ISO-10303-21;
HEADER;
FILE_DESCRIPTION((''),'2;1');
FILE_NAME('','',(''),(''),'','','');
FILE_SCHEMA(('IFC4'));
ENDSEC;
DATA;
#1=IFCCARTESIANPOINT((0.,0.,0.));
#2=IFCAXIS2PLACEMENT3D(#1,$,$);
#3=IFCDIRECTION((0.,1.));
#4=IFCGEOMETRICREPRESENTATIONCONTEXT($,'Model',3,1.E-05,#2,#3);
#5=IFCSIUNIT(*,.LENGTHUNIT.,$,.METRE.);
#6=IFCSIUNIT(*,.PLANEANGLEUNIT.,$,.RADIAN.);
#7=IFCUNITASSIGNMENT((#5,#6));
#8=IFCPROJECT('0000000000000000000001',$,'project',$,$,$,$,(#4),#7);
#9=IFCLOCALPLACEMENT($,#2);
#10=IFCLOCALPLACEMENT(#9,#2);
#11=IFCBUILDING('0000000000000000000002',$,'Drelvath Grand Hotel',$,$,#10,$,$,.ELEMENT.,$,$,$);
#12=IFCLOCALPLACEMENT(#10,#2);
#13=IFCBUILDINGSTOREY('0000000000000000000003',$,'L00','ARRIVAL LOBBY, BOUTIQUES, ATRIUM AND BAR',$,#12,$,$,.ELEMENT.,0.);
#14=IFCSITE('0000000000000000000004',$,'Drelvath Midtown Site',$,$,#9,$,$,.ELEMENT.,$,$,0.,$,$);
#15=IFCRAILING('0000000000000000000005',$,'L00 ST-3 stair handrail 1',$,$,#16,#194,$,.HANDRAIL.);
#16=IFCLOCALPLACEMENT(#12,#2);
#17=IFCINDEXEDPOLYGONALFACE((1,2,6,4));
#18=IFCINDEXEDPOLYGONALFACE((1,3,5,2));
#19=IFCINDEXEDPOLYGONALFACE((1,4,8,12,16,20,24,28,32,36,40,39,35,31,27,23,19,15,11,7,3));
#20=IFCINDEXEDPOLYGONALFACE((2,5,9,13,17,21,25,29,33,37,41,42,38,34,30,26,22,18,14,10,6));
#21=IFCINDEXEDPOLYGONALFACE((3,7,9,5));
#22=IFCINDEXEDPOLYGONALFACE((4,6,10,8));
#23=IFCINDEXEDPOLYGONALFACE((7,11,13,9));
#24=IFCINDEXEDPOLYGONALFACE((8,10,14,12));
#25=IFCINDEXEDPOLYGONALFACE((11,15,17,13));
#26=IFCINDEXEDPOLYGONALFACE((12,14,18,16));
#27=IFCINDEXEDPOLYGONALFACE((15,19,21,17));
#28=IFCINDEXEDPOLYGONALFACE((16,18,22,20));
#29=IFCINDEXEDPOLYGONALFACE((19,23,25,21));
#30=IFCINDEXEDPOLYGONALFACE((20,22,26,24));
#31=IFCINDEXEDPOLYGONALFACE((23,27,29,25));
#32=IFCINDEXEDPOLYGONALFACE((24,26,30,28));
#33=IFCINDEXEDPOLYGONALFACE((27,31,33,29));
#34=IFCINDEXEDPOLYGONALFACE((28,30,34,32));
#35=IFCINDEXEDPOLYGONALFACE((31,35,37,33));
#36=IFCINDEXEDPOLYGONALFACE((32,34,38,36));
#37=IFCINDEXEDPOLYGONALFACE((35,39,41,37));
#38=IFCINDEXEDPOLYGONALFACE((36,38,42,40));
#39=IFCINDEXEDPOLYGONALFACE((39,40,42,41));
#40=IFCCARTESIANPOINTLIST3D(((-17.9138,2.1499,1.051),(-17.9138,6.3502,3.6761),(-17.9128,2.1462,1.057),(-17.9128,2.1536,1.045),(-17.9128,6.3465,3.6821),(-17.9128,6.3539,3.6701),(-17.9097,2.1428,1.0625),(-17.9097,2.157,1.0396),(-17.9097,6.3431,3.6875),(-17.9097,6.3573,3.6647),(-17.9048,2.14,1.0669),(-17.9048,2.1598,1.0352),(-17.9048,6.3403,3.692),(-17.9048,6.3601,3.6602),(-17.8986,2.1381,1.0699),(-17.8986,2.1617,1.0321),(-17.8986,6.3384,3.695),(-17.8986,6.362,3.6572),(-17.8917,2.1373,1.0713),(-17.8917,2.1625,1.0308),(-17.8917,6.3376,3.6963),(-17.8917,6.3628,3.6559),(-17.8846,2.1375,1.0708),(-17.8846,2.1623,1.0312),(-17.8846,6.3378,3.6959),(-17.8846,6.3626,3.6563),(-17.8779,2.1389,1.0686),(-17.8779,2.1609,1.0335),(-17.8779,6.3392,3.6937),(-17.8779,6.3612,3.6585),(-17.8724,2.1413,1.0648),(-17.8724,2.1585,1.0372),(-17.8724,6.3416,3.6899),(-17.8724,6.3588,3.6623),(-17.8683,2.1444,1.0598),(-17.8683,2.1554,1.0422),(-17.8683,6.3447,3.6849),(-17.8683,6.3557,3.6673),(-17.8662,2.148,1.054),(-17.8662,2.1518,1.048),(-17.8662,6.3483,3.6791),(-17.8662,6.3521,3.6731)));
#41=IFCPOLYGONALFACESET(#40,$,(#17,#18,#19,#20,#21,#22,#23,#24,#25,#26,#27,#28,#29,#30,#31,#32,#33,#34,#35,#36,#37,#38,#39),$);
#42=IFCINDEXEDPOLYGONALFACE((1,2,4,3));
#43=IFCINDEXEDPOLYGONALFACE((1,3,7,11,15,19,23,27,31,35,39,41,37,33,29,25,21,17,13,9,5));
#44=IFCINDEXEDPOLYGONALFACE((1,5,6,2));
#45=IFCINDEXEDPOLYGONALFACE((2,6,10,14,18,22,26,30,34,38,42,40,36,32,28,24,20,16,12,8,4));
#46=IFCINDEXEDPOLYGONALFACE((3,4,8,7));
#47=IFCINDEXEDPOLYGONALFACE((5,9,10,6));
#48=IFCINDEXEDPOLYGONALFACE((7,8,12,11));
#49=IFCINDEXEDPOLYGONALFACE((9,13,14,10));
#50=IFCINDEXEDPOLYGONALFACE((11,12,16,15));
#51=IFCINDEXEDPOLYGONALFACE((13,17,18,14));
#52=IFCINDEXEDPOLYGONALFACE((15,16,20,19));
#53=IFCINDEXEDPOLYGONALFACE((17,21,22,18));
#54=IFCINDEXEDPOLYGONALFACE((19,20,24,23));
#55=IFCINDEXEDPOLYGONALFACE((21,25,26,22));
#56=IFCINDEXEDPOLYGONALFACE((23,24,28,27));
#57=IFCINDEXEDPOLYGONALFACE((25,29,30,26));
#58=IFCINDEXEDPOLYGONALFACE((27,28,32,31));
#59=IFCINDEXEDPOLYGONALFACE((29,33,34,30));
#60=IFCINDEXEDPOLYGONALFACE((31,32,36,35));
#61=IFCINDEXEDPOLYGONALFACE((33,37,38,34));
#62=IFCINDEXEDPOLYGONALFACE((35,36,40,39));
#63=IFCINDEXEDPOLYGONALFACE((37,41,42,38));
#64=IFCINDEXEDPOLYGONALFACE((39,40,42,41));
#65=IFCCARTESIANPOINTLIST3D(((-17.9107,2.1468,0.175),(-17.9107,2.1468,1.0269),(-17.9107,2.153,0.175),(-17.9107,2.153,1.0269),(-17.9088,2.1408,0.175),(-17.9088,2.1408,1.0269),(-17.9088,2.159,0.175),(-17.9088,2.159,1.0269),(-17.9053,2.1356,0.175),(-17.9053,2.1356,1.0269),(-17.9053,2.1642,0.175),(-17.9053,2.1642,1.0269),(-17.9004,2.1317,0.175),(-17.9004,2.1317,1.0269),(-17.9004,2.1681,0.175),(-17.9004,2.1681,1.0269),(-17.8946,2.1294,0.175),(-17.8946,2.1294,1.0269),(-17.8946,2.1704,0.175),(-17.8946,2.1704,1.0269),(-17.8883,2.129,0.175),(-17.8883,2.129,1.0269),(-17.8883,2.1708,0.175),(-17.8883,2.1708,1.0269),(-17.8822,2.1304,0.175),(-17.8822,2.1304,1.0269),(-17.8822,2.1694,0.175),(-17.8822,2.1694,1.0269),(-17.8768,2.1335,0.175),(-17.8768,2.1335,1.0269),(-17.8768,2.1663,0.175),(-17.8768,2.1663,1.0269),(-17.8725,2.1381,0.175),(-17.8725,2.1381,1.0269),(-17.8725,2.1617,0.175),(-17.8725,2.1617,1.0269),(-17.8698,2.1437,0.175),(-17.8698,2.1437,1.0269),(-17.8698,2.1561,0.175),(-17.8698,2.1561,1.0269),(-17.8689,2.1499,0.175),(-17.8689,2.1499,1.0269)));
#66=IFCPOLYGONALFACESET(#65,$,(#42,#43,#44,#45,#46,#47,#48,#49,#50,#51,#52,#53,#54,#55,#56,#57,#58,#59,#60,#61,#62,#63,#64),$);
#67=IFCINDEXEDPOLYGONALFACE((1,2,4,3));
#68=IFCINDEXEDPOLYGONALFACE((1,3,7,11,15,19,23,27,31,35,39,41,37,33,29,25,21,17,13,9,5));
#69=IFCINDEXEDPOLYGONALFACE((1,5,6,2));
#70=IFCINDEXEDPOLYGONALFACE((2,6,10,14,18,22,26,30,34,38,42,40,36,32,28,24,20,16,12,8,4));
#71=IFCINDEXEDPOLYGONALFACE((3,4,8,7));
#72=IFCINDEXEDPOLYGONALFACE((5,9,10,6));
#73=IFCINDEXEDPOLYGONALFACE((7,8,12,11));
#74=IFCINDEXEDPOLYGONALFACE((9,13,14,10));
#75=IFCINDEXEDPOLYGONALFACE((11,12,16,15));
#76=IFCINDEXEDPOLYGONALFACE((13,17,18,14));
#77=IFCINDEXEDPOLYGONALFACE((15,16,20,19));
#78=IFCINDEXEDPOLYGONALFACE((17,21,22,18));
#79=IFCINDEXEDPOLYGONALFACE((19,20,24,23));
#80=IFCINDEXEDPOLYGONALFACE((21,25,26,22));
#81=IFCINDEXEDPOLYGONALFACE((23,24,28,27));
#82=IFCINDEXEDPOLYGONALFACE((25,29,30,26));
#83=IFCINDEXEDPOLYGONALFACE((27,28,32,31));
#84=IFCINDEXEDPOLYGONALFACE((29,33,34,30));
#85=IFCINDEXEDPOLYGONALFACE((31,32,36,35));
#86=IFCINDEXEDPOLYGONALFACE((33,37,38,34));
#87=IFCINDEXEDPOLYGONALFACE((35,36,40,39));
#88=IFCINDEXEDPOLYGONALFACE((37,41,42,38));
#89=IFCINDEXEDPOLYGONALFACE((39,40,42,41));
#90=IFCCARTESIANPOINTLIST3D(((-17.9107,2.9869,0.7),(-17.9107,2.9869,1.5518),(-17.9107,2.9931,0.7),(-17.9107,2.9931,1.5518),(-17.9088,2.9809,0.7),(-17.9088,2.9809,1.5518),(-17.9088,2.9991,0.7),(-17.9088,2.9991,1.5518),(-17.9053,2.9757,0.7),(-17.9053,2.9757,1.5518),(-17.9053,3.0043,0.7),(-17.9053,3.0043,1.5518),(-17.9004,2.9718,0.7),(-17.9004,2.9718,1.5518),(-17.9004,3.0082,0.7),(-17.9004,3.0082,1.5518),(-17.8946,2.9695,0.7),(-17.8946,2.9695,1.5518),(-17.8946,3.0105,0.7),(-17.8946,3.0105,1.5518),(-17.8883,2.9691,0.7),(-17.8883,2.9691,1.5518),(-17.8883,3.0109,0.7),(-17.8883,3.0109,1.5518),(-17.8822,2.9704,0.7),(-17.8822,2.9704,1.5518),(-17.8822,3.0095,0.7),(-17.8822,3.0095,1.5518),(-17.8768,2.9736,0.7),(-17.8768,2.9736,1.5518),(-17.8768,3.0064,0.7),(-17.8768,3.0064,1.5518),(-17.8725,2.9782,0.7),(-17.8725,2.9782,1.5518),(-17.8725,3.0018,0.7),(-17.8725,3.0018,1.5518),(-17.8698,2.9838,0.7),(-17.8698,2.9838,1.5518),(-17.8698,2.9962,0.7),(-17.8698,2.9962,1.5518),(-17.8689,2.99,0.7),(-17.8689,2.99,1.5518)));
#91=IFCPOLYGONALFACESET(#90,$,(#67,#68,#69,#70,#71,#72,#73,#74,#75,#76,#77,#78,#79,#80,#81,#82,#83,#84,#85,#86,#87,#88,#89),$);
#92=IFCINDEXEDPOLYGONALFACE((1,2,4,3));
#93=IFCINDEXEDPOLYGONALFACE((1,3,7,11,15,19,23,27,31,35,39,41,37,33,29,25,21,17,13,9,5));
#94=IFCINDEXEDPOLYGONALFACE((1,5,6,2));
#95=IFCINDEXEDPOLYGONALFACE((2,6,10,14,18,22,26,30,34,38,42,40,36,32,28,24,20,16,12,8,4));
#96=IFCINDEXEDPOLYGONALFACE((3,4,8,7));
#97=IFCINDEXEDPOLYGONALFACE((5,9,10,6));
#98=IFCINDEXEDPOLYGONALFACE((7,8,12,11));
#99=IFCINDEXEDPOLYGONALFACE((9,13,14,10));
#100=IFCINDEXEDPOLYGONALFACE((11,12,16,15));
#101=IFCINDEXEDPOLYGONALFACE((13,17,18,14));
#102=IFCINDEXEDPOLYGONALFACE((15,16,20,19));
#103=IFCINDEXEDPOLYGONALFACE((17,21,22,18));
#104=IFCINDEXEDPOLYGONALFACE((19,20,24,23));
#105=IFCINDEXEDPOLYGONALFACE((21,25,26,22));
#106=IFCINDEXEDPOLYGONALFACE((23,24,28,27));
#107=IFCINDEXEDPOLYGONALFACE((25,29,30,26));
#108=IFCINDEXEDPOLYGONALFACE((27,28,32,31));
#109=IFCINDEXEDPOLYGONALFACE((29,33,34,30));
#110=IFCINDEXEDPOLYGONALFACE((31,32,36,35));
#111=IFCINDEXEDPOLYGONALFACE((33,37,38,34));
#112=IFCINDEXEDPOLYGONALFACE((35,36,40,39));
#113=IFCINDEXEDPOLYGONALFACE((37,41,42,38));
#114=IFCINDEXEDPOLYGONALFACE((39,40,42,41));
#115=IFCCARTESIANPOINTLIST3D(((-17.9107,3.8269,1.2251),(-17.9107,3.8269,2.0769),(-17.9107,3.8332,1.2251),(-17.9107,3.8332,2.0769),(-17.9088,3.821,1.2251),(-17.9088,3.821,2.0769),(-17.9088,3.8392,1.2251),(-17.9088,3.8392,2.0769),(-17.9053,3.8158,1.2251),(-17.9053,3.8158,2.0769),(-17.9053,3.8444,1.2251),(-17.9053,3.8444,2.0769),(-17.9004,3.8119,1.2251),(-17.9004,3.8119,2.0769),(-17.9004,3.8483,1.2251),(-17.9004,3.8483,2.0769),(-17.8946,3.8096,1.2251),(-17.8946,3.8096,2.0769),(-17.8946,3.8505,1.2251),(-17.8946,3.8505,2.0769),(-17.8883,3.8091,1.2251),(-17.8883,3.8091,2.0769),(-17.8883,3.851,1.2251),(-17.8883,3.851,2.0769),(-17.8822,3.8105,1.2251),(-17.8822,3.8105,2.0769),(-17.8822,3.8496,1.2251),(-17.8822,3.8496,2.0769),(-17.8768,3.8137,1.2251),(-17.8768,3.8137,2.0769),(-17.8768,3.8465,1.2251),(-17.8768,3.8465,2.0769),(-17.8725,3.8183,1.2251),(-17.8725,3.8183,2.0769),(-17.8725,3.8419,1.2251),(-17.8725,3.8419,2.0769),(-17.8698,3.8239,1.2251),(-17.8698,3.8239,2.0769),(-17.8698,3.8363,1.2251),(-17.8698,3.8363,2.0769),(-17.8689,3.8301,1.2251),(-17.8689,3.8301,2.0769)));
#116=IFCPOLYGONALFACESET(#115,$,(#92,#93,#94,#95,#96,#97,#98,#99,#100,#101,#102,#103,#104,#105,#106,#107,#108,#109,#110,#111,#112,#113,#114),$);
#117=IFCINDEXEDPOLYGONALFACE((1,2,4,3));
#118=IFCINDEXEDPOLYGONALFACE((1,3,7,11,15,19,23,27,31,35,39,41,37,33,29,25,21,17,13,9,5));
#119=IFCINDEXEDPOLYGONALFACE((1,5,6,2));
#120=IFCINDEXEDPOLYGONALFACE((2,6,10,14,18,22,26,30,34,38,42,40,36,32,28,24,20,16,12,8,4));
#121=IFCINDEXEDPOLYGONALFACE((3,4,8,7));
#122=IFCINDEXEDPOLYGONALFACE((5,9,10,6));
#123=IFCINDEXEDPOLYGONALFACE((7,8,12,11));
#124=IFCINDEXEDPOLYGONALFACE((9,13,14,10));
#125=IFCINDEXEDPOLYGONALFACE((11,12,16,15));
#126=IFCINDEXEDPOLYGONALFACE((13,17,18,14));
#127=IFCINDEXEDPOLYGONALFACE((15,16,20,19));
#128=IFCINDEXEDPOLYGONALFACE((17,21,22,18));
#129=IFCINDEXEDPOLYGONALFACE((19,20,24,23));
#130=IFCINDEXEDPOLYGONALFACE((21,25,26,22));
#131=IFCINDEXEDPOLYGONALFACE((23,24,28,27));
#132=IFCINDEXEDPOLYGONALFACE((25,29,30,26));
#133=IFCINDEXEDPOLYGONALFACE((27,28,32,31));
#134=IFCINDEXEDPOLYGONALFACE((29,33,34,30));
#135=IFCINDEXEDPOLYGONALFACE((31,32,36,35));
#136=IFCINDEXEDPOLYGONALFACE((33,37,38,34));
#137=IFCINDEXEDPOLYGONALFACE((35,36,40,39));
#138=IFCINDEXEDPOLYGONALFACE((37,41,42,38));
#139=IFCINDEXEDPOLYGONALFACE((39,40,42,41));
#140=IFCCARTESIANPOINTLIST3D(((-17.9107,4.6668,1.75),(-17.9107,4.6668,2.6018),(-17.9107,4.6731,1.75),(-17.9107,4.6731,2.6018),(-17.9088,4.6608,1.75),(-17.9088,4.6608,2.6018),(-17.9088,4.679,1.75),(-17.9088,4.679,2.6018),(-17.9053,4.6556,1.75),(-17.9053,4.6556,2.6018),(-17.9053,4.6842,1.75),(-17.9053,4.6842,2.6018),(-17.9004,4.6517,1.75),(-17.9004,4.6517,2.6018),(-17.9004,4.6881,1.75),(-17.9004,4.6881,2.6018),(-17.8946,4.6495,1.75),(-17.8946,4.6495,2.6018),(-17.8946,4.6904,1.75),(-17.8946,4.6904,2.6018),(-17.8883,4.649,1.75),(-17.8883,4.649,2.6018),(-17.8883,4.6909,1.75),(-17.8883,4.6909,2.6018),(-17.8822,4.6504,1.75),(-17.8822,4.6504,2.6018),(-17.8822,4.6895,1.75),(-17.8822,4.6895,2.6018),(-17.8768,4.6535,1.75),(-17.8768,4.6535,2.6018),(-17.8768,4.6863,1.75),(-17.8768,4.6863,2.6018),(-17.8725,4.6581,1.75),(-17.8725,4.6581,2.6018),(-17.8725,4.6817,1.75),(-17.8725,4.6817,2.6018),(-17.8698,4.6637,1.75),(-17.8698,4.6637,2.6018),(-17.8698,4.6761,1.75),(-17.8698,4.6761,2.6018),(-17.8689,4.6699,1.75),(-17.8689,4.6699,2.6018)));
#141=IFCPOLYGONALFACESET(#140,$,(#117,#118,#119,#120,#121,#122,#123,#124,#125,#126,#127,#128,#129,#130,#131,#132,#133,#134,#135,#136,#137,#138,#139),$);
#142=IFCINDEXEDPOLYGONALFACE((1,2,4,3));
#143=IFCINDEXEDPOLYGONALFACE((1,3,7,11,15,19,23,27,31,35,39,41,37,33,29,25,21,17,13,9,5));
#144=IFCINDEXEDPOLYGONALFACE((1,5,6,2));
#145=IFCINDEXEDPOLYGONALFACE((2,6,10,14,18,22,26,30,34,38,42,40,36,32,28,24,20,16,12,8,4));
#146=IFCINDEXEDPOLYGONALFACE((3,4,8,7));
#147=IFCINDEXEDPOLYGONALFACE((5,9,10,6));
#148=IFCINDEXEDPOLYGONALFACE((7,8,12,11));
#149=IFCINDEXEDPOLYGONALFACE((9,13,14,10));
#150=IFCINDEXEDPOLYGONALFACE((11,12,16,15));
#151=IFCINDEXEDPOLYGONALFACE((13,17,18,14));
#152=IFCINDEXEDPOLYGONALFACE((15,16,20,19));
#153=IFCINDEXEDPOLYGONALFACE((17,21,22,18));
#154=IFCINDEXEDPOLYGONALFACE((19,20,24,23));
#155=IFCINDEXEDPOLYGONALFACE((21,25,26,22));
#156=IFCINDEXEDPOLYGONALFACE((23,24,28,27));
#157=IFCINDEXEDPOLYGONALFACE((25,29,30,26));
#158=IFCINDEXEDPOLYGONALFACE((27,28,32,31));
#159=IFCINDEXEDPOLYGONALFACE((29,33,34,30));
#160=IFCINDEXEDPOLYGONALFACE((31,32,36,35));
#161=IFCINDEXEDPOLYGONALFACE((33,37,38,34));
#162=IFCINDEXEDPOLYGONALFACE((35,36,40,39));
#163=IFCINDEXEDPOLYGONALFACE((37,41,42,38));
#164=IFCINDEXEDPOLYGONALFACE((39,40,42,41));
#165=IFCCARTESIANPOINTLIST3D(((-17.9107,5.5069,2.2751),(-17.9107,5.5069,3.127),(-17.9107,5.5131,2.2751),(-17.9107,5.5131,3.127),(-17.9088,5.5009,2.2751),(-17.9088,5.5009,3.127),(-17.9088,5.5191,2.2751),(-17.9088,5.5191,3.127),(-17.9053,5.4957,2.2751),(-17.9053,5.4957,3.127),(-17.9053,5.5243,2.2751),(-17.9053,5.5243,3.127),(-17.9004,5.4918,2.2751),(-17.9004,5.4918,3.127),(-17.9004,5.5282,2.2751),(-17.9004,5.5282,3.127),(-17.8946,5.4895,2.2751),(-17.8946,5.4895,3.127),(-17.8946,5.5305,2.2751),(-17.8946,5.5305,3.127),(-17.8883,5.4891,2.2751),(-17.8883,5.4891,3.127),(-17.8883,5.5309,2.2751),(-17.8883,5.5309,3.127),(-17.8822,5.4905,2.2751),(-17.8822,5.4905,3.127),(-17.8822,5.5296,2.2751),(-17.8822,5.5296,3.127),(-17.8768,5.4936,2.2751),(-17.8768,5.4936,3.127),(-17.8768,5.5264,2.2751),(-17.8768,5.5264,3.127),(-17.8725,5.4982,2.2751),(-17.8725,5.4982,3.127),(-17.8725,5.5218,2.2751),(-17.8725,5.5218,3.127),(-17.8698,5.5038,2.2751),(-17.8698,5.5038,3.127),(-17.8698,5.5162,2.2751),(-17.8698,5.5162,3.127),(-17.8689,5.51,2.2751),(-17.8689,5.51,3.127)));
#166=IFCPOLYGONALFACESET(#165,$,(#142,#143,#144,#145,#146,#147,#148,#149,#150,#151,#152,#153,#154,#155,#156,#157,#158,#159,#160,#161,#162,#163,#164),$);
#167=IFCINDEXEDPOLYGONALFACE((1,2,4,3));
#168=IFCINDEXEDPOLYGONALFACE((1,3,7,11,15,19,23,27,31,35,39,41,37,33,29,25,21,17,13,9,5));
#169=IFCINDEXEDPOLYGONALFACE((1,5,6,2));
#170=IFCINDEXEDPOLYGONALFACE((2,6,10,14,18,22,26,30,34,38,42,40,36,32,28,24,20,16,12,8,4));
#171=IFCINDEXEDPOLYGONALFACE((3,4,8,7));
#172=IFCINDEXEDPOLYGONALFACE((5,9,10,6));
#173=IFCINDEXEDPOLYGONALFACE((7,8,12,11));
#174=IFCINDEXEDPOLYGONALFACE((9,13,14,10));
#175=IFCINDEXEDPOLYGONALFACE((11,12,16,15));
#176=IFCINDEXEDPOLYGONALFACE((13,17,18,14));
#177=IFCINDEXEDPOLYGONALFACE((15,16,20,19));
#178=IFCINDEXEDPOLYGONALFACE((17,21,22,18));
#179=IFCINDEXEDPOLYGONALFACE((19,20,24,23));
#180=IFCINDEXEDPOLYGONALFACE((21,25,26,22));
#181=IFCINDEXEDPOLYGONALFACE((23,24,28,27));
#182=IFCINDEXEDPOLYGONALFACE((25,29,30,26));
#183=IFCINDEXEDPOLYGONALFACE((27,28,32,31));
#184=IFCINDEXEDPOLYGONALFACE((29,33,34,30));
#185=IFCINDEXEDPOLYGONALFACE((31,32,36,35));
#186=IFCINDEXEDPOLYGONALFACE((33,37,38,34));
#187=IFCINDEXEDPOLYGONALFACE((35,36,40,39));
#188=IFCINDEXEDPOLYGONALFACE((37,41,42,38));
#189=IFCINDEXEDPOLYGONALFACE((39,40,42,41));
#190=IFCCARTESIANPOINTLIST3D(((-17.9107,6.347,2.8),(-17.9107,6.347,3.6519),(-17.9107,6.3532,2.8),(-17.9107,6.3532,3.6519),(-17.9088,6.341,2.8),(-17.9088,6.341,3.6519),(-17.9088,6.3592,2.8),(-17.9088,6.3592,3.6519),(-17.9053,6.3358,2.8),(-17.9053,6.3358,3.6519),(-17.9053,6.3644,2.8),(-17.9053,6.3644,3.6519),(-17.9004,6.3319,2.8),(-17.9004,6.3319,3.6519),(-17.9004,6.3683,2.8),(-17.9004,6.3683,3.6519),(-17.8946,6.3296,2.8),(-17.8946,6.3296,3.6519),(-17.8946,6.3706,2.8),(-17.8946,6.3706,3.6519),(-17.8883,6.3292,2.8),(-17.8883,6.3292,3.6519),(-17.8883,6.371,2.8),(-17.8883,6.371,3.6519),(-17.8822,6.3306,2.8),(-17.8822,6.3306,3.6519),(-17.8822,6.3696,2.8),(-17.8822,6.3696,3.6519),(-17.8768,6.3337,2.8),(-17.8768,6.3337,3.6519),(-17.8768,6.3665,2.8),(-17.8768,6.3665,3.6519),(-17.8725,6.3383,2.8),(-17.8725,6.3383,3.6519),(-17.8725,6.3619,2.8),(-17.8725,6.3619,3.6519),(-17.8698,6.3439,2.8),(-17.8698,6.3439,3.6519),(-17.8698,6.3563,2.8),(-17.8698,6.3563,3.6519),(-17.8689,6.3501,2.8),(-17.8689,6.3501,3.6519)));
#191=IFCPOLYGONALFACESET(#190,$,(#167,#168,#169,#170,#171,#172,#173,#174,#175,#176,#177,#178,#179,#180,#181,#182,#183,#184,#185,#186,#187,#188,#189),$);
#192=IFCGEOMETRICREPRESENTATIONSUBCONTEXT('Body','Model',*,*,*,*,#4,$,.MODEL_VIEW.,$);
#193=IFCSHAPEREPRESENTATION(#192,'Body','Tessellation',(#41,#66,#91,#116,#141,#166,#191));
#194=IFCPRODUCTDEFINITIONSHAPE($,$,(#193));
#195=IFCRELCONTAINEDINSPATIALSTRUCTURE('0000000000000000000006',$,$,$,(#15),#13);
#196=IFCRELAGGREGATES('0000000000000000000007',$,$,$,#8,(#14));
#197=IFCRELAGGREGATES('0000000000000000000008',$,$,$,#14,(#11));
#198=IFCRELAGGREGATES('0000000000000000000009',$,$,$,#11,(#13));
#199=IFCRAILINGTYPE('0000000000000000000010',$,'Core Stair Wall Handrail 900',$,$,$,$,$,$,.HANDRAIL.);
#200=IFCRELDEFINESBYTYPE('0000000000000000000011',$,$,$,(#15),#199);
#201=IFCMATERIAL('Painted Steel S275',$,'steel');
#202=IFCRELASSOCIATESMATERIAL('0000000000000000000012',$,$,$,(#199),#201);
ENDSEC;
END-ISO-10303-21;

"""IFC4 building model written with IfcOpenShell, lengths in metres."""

from ifc_helpers import new_model, si_unit, direction, frame, origin, origin_2d, place, context, subcontext, project, spatial, circle, extrude, material, type_object, element, save


model = new_model("IFC4")

# Units and contexts
model_context = context("Model", 3, precision=1e-05, world=origin(), true_north=direction((0.0, 1.0)))
body_context = subcontext(model_context, "Body", "Model", "MODEL_VIEW")
ifc_project = project(units=[si_unit("LENGTHUNIT", "METRE"), si_unit("PLANEANGLEUNIT", "RADIAN")], contexts=[model_context])

# Site, building, storey
site_placement = place(None, origin())
site = spatial("IfcSite", under=ifc_project, at=site_placement, Name="Drelvath Midtown Site", CompositionType="ELEMENT", RefElevation=0.0)
building_placement = place(site_placement, origin())
building = spatial("IfcBuilding", under=site, at=building_placement, Name="Drelvath Grand Hotel", CompositionType="ELEMENT")
storey_placement = place(building_placement, origin())
storey = spatial("IfcBuildingStorey", under=building, at=storey_placement, Name="L00", Description="ARRIVAL LOBBY, BOUTIQUES, ATRIUM AND BAR", CompositionType="ELEMENT", Elevation=0.0)

# Shared definitions
ifc_material_1 = material(Name="Painted Steel S275", Category="steel")

# Railing
railing_type_1 = type_object("IfcRailingType", Name="Core Stair Wall Handrail 900", PredefinedType="HANDRAIL", material=ifc_material_1)
railing_1_placement = place(storey_placement, frame((-17.8899, 2.1499, 0.175)))
element("IfcRailing", 1, at=railing_1_placement, inside=storey, type_object=railing_type_1, Name="L00 ST-3 stair handrail 1", PredefinedType="HANDRAIL", context=body_context, shape_type="SweptSolid", body=[
    extrude(circle(Radius=0.0239, at=origin_2d()), frame((0.0, 0.0, 0.876), z_axis=(0.0, 0.848009, 0.529981), x_axis=(-1.0, 0.0, 0.0)), (0.0, 0.0, 1.0), 4.9531),
    extrude(circle(Radius=0.021, at=origin_2d()), origin(), (0.0, 0.0, 1.0), 0.8518),
    extrude(circle(Radius=0.021, at=origin_2d()), frame((0.0, 0.8401, 0.5249)), (0.0, 0.0, 1.0), 0.8518),
    extrude(circle(Radius=0.021, at=origin_2d()), frame((0.0, 1.6802, 1.05)), (0.0, 0.0, 1.0), 0.8518),
    extrude(circle(Radius=0.021, at=origin_2d()), frame((0.0, 2.52, 1.575)), (0.0, 0.0, 1.0), 0.8518),
    extrude(circle(Radius=0.021, at=origin_2d()), frame((0.0, 3.3601, 2.1001)), (0.0, 0.0, 1.0), 0.8518),
    extrude(circle(Radius=0.021, at=origin_2d()), frame((0.0, 4.2002, 2.625)), (0.0, 0.0, 1.0), 0.8518),
])

save(model, "model.ifc")
